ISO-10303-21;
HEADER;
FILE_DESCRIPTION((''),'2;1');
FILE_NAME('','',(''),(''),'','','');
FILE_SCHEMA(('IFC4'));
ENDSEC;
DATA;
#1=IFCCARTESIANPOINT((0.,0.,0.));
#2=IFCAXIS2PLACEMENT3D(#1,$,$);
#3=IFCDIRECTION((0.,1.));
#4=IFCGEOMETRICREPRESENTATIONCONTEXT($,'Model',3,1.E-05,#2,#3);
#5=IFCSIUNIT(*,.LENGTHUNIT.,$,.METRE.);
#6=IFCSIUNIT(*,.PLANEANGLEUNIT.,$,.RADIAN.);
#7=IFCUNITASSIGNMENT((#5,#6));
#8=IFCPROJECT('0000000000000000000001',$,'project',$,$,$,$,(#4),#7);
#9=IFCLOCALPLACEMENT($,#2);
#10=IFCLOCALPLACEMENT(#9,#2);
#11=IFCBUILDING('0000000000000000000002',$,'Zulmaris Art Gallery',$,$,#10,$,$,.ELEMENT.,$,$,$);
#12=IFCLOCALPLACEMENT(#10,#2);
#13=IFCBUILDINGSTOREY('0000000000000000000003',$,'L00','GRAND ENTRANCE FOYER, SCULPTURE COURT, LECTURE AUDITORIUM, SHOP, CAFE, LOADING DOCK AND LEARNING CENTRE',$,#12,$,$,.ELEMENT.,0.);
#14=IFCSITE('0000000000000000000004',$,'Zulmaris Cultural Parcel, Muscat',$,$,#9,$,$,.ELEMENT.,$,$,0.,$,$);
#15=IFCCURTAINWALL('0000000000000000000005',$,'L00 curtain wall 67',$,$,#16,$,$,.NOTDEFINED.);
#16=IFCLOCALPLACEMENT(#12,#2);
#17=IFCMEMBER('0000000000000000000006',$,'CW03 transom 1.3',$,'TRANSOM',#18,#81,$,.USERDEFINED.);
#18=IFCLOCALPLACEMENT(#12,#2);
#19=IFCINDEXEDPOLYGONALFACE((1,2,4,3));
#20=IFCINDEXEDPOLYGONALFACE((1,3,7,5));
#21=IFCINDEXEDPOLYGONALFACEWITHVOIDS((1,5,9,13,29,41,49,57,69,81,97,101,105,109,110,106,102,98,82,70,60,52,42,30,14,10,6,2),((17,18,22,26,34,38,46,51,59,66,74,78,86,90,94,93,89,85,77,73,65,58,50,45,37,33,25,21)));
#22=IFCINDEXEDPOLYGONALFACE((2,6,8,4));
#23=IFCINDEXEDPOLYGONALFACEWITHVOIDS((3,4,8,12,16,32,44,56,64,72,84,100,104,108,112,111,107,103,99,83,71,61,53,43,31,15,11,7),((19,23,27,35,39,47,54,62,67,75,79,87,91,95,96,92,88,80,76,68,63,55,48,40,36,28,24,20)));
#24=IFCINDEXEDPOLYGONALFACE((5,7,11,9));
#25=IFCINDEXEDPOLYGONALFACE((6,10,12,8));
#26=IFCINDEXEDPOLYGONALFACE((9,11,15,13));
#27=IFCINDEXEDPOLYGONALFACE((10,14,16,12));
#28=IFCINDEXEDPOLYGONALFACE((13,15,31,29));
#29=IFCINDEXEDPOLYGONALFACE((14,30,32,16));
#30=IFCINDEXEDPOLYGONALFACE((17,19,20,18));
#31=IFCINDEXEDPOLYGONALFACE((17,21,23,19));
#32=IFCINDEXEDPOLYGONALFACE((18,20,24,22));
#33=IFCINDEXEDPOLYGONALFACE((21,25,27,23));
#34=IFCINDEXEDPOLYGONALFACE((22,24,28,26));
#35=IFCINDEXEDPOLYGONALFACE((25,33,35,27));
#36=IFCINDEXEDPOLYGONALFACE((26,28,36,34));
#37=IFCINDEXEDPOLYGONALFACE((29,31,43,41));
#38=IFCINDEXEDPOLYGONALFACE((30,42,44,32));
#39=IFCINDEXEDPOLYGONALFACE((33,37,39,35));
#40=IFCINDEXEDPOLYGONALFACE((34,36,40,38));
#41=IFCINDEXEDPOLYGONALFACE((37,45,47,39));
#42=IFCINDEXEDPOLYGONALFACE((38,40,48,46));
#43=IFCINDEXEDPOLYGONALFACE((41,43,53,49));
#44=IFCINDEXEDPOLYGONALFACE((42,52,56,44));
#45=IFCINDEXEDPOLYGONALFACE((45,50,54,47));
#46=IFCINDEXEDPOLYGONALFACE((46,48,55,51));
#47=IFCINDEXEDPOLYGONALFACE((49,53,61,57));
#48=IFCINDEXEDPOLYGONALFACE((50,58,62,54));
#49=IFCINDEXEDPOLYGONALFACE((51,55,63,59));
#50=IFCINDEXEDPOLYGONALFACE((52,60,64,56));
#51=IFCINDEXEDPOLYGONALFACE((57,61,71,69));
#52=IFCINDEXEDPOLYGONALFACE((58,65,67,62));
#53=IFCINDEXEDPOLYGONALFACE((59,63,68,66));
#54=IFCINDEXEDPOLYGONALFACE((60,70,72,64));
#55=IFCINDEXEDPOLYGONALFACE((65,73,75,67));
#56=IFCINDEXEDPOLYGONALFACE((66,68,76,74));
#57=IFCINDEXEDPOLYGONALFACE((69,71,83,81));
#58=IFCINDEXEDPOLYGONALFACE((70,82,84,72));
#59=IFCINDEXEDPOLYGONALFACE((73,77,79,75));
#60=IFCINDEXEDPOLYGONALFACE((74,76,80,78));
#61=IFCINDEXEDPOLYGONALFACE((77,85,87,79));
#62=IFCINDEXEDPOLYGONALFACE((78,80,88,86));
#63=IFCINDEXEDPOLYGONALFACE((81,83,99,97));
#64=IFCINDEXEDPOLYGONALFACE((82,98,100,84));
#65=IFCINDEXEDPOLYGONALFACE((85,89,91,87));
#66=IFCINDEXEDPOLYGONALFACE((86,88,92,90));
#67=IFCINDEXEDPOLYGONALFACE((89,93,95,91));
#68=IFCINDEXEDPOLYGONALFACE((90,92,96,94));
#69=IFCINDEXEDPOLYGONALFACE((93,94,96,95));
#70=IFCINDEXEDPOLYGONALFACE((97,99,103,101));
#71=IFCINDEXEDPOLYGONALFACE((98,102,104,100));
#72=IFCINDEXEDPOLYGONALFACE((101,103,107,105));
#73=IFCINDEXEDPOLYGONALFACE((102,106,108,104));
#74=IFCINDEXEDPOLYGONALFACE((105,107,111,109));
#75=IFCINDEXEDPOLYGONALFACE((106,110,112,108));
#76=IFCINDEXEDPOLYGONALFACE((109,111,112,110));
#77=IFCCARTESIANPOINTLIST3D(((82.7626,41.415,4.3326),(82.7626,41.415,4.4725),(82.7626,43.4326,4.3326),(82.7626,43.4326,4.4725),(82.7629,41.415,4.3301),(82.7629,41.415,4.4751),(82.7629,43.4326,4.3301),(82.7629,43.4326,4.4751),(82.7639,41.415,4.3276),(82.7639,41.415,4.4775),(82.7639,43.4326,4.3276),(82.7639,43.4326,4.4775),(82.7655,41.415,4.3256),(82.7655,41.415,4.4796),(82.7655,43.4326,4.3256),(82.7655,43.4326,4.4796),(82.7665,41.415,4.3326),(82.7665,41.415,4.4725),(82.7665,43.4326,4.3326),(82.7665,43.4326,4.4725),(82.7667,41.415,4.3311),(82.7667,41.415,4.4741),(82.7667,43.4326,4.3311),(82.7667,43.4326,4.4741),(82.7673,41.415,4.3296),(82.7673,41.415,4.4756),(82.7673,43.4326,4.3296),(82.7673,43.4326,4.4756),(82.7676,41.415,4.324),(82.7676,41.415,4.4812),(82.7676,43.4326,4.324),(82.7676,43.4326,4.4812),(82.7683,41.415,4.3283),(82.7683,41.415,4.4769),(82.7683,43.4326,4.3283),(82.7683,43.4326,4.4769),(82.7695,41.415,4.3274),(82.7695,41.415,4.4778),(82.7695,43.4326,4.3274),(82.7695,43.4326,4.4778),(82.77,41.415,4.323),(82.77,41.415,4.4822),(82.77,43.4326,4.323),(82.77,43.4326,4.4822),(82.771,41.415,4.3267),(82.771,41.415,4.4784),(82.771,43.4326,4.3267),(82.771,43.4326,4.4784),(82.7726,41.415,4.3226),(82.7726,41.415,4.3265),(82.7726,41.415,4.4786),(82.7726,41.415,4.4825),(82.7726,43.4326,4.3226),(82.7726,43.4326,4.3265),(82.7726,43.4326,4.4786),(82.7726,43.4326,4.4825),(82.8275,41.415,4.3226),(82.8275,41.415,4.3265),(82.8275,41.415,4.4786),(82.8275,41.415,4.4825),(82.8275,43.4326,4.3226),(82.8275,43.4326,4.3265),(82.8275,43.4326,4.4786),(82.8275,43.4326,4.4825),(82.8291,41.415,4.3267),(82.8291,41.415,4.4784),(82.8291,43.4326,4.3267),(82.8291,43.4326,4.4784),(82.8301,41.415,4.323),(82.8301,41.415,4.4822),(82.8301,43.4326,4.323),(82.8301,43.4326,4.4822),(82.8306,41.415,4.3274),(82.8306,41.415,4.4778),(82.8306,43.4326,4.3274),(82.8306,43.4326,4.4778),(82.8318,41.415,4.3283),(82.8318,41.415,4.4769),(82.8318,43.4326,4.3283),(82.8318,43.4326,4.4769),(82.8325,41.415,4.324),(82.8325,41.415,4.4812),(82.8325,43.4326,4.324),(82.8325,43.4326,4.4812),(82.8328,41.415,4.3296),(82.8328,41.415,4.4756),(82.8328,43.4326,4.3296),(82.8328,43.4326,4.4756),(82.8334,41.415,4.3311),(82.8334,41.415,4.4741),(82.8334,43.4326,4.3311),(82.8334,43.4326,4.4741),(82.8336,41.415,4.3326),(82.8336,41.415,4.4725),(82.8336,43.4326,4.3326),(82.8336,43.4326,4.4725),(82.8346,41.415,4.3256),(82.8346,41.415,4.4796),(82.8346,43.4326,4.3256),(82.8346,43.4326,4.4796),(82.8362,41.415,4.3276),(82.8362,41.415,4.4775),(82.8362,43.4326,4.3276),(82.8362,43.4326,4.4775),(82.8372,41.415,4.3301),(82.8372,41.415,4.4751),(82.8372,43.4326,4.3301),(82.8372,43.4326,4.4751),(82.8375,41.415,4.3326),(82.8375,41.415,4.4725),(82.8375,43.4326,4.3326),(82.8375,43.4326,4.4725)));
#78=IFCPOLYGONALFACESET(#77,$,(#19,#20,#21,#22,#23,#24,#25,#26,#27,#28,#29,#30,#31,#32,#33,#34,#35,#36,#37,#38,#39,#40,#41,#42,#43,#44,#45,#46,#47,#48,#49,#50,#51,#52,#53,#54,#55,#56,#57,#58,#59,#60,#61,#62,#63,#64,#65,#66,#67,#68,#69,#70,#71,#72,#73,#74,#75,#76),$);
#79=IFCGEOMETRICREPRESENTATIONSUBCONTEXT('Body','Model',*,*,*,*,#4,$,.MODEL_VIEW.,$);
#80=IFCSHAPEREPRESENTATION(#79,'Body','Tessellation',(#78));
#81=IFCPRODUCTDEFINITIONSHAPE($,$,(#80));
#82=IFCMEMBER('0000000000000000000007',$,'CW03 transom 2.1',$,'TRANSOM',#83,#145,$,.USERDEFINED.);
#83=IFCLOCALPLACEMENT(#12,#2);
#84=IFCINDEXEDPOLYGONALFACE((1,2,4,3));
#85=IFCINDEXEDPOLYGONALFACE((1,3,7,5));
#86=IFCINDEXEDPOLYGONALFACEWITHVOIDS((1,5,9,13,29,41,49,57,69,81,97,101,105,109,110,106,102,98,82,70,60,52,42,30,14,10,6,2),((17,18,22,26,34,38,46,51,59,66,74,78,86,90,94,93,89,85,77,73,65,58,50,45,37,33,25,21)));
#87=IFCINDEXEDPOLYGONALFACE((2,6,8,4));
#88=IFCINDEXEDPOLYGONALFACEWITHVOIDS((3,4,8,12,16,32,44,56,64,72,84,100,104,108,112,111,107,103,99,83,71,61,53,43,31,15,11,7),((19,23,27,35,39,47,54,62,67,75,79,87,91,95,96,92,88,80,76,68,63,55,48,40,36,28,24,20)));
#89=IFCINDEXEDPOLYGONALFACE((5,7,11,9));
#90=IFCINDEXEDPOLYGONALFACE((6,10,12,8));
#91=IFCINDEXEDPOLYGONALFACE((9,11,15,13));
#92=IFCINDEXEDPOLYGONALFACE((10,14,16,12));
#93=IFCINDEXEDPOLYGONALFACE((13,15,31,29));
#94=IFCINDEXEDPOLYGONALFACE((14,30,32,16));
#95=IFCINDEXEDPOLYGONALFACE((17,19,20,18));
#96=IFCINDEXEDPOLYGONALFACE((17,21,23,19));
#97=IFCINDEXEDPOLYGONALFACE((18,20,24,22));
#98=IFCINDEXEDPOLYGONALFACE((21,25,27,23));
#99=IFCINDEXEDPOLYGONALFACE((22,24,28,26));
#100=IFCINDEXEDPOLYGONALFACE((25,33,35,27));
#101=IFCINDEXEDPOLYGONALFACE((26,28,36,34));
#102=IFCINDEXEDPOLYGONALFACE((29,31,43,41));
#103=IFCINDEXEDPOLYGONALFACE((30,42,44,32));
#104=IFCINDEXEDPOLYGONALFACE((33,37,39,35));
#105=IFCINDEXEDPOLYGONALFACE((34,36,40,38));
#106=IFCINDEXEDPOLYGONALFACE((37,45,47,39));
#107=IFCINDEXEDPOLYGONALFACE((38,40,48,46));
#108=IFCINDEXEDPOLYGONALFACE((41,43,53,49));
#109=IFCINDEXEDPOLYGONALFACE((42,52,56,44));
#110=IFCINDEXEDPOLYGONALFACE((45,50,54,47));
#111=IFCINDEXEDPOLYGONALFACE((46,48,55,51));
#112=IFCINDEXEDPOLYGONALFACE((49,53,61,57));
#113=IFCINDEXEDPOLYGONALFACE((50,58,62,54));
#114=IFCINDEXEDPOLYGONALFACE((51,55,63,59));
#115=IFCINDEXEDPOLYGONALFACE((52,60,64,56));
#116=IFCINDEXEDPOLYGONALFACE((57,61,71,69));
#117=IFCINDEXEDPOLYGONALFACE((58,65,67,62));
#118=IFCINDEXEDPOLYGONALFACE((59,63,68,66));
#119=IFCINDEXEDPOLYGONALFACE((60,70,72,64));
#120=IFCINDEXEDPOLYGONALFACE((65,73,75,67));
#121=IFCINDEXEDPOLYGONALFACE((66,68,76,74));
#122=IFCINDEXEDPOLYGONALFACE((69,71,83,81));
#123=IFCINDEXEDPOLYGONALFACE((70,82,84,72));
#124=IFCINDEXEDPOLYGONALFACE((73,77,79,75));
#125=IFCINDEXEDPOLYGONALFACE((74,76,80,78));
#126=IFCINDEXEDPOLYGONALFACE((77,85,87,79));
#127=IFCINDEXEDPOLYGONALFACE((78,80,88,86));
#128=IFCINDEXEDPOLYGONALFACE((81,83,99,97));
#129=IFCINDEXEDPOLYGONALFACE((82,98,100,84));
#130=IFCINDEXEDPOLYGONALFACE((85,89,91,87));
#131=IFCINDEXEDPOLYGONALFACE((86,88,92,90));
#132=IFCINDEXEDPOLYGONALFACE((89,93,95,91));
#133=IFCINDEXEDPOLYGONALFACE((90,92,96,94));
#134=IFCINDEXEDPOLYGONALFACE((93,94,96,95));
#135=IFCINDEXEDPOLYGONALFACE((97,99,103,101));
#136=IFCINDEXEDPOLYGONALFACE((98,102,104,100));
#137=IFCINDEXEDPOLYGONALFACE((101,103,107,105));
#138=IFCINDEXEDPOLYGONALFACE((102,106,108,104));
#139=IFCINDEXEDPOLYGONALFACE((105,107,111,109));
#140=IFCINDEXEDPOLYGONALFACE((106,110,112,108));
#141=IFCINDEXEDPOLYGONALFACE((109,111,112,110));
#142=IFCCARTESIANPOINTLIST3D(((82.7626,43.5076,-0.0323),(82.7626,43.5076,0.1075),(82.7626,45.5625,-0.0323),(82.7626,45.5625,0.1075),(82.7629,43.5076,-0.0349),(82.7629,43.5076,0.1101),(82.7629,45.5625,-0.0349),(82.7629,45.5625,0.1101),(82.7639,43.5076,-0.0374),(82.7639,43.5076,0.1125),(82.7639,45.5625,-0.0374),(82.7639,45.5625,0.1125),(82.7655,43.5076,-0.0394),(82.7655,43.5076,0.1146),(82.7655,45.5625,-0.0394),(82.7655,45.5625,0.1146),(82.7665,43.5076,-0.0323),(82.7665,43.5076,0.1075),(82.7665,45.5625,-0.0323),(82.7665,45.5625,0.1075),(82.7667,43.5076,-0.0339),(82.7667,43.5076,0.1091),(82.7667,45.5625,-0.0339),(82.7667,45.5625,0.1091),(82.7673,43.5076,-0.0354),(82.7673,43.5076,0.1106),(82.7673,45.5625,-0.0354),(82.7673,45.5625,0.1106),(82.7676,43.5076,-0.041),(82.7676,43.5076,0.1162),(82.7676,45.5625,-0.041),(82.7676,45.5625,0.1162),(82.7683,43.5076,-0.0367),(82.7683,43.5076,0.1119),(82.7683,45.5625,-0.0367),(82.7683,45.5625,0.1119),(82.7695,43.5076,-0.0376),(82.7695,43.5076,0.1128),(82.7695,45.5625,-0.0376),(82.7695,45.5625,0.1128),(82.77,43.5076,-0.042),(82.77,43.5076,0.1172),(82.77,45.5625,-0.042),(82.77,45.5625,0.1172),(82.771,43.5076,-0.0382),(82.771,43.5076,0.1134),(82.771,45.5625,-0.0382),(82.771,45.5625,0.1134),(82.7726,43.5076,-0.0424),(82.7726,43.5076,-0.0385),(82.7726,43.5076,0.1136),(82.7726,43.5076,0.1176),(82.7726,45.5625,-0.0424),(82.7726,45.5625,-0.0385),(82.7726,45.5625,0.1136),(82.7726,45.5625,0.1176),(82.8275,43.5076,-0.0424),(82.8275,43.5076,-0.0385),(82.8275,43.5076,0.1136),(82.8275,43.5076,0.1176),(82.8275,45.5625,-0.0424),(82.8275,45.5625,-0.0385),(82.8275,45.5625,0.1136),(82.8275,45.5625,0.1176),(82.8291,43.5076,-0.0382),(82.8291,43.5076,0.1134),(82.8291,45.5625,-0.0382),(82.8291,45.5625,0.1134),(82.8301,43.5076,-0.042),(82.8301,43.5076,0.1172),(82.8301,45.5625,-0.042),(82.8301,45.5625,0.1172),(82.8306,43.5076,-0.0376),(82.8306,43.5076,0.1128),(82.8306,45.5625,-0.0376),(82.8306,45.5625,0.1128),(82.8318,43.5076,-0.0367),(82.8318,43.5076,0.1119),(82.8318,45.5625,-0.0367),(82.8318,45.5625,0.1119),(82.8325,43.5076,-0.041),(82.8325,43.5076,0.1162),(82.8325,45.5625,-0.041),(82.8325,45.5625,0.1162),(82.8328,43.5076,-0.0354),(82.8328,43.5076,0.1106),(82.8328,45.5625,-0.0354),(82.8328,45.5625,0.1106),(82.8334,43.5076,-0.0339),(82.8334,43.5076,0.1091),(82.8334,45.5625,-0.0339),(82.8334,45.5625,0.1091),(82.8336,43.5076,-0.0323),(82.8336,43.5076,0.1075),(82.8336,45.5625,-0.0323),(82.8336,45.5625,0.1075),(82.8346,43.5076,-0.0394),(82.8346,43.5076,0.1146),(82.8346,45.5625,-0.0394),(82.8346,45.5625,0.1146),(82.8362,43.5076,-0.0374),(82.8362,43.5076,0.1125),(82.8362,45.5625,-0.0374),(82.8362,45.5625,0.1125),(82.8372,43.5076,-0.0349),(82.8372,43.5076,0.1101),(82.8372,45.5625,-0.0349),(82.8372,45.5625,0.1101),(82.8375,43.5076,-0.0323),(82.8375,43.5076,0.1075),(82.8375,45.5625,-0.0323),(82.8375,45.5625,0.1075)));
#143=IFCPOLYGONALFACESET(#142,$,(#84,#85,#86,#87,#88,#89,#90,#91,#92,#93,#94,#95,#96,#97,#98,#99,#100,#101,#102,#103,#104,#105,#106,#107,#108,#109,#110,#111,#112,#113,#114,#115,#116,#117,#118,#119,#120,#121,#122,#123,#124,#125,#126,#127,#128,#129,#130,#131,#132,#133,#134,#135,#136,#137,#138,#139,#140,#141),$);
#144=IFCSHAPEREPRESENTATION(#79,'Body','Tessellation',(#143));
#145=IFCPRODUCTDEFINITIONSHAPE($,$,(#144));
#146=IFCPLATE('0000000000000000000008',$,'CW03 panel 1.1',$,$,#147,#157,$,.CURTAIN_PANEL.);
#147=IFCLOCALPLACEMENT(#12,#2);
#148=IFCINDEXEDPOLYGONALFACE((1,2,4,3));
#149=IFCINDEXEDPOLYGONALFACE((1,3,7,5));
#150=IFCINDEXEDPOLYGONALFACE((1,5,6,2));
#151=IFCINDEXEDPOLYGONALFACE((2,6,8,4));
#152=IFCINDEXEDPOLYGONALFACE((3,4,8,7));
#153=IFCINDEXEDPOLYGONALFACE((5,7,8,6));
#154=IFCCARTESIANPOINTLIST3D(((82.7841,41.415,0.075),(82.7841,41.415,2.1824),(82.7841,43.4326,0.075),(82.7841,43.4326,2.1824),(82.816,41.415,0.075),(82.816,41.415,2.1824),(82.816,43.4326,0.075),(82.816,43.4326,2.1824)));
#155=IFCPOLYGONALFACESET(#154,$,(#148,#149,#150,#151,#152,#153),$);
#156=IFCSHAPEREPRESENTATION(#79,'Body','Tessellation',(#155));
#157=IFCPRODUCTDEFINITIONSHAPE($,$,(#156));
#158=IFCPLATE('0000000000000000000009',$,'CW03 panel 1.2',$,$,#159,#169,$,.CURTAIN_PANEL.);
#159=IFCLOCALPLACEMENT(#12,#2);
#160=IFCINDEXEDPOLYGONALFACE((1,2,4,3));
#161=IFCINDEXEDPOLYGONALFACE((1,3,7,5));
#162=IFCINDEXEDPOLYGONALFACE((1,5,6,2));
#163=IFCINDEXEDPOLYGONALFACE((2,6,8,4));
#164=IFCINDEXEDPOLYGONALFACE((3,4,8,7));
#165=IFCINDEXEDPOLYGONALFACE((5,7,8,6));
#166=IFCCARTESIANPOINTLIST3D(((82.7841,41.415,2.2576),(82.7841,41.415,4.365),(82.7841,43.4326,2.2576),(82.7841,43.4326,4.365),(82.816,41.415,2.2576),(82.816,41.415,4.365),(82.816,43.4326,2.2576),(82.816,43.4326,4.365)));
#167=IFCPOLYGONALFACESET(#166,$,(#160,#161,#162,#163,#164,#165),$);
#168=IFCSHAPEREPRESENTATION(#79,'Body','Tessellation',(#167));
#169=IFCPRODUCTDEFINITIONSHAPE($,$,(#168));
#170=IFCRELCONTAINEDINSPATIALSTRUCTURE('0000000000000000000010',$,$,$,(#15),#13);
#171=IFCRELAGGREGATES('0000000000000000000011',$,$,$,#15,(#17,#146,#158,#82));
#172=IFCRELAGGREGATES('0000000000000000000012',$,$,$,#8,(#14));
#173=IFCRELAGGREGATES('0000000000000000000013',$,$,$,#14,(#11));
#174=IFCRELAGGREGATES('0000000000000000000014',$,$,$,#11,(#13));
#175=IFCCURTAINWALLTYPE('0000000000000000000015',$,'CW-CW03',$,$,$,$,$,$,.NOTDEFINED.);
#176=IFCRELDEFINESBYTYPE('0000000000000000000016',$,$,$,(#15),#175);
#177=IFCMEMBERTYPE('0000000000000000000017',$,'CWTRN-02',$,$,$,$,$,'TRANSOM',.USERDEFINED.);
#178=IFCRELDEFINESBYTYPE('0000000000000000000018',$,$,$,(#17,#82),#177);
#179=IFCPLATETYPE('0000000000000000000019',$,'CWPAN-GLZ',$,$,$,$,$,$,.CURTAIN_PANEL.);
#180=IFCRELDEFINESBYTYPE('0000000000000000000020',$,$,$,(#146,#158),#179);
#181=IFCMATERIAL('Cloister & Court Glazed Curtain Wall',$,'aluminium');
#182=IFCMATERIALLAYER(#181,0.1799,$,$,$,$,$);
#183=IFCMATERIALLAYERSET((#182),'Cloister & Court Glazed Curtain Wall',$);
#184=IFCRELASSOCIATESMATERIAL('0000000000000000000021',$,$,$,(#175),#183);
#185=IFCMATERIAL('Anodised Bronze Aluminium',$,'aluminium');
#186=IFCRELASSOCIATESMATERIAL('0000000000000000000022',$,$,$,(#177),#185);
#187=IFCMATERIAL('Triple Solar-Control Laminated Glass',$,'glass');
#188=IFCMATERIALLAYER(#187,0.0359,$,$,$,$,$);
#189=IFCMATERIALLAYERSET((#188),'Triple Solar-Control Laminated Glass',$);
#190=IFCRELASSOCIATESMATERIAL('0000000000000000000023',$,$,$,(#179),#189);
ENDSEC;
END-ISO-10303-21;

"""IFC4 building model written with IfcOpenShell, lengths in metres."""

from ifc_helpers import new_model, si_unit, direction, frame, origin, origin_2d, place, context, subcontext, project, spatial, rectangle, hollow_rectangle, extrude, material, layer, layer_set, material_profile, profile_set, type_object, element, aggregate, save


model = new_model("IFC4")

# Units and contexts
model_context = context("Model", 3, precision=1e-05, world=origin(), true_north=direction((0.0, 1.0)))
body_context = subcontext(model_context, "Body", "Model", "MODEL_VIEW")
ifc_project = project(units=[si_unit("LENGTHUNIT", "METRE"), si_unit("PLANEANGLEUNIT", "RADIAN")], contexts=[model_context])

# Site, building, storey
site_placement = place(None, origin())
site = spatial("IfcSite", under=ifc_project, at=site_placement, Name="Zulmaris Cultural Parcel, Muscat", CompositionType="ELEMENT", RefElevation=0.0)
building_placement = place(site_placement, origin())
building = spatial("IfcBuilding", under=site, at=building_placement, Name="Zulmaris Art Gallery", CompositionType="ELEMENT")
storey_placement = place(building_placement, origin())
storey = spatial("IfcBuildingStorey", under=building, at=storey_placement, Name="L00", Description="GRAND ENTRANCE FOYER, SCULPTURE COURT, LECTURE AUDITORIUM, SHOP, CAFE, LOADING DOCK AND LEARNING CENTRE", CompositionType="ELEMENT", Elevation=0.0)

# Curtain wall, members, plates
ifc_material_1 = material(Name="Cloister & Court Glazed Curtain Wall", Category="aluminium")
ifc_layer_1 = layer(ifc_material_1, 0.1799)
ifc_layer_set_1 = layer_set([ifc_layer_1], Name="Cloister & Court Glazed Curtain Wall")
curtain_wall_type = type_object("IfcCurtainWallType", Name="CW-CW03", PredefinedType="NOTDEFINED", material=ifc_layer_set_1)
curtain_wall_placement = place(storey_placement, origin())
curtain_wall = element("IfcCurtainWall", 1, at=curtain_wall_placement, inside=storey, type_object=curtain_wall_type, Name="L00 curtain wall 67", PredefinedType="NOTDEFINED")
ifc_material_2 = material(Name="Anodised Bronze Aluminium", Category="aluminium")
ifc_material_profile_1 = material_profile(ifc_material_2, hollow_rectangle(XDim=0.075, YDim=0.1599, WallThickness=0.0039, InnerFilletRadius=0.0061, OuterFilletRadius=0.01, at=origin_2d()), Name="ALU 75x160x4")
ifc_profile_set_1 = profile_set([ifc_material_profile_1], Name="Anodised Bronze Aluminium")
member_type_1 = type_object("IfcMemberType", Name="CWTRN-02", ElementType="TRANSOM", PredefinedType="USERDEFINED", material=ifc_profile_set_1)
member_1_placement = place(storey_placement, frame((82.8, 41.415, 4.4026), z_axis=(0.0, 1.0, 0.0), x_axis=(-1.0, 0.0, 0.0)))
member_1 = element("IfcMember", 2, at=member_1_placement, type_object=member_type_1, Name="CW03 transom 1.3", ObjectType="TRANSOM", PredefinedType="USERDEFINED", context=body_context, shape_type="SweptSolid", body=[
    extrude(hollow_rectangle(XDim=0.075, YDim=0.1599, WallThickness=0.0039, InnerFilletRadius=0.0061, OuterFilletRadius=0.01, at=origin_2d()), origin(), (0.0, 0.0, 1.0), 2.0176),
])
member_2_placement = place(storey_placement, frame((82.8, 43.5076, 0.0376), z_axis=(0.0, 1.0, 0.0), x_axis=(-1.0, 0.0, 0.0)))
member_2 = element("IfcMember", 3, at=member_2_placement, type_object=member_type_1, Name="CW03 transom 2.1", ObjectType="TRANSOM", PredefinedType="USERDEFINED", context=body_context, shape_type="SweptSolid", body=[
    extrude(hollow_rectangle(XDim=0.075, YDim=0.1599, WallThickness=0.0039, InnerFilletRadius=0.0061, OuterFilletRadius=0.01, at=origin_2d()), origin(), (0.0, 0.0, 1.0), 2.0549),
])
ifc_material_3 = material(Name="Triple Solar-Control Laminated Glass", Category="glass")
ifc_layer_2 = layer(ifc_material_3, 0.0359)
ifc_layer_set_2 = layer_set([ifc_layer_2], Name="Triple Solar-Control Laminated Glass")
plate_type = type_object("IfcPlateType", Name="CWPAN-GLZ", PredefinedType="CURTAIN_PANEL", material=ifc_layer_set_2)
plate_1_placement = place(storey_placement, frame((82.8, 42.4238, 0.075), z_axis=(0.0, 0.0, 1.0), x_axis=(0.0, 1.0, 0.0)))
plate_1 = element("IfcPlate", 4, at=plate_1_placement, type_object=plate_type, Name="CW03 panel 1.1", PredefinedType="CURTAIN_PANEL", context=body_context, shape_type="SweptSolid", body=[
    extrude(rectangle(XDim=2.0176, YDim=0.032, at=origin_2d()), origin(), (0.0, 0.0, 1.0), 2.1074),
])
plate_2_placement = place(storey_placement, frame((82.8, 42.4238, 2.2576), z_axis=(0.0, 0.0, 1.0), x_axis=(0.0, 1.0, 0.0)))
plate_2 = element("IfcPlate", 5, at=plate_2_placement, type_object=plate_type, Name="CW03 panel 1.2", PredefinedType="CURTAIN_PANEL", context=body_context, shape_type="SweptSolid", body=[
    extrude(rectangle(XDim=2.0176, YDim=0.032, at=origin_2d()), origin(), (0.0, 0.0, 1.0), 2.1074),
])
aggregate(curtain_wall, [member_1, plate_1, plate_2, member_2])

save(model, "model.ifc")
